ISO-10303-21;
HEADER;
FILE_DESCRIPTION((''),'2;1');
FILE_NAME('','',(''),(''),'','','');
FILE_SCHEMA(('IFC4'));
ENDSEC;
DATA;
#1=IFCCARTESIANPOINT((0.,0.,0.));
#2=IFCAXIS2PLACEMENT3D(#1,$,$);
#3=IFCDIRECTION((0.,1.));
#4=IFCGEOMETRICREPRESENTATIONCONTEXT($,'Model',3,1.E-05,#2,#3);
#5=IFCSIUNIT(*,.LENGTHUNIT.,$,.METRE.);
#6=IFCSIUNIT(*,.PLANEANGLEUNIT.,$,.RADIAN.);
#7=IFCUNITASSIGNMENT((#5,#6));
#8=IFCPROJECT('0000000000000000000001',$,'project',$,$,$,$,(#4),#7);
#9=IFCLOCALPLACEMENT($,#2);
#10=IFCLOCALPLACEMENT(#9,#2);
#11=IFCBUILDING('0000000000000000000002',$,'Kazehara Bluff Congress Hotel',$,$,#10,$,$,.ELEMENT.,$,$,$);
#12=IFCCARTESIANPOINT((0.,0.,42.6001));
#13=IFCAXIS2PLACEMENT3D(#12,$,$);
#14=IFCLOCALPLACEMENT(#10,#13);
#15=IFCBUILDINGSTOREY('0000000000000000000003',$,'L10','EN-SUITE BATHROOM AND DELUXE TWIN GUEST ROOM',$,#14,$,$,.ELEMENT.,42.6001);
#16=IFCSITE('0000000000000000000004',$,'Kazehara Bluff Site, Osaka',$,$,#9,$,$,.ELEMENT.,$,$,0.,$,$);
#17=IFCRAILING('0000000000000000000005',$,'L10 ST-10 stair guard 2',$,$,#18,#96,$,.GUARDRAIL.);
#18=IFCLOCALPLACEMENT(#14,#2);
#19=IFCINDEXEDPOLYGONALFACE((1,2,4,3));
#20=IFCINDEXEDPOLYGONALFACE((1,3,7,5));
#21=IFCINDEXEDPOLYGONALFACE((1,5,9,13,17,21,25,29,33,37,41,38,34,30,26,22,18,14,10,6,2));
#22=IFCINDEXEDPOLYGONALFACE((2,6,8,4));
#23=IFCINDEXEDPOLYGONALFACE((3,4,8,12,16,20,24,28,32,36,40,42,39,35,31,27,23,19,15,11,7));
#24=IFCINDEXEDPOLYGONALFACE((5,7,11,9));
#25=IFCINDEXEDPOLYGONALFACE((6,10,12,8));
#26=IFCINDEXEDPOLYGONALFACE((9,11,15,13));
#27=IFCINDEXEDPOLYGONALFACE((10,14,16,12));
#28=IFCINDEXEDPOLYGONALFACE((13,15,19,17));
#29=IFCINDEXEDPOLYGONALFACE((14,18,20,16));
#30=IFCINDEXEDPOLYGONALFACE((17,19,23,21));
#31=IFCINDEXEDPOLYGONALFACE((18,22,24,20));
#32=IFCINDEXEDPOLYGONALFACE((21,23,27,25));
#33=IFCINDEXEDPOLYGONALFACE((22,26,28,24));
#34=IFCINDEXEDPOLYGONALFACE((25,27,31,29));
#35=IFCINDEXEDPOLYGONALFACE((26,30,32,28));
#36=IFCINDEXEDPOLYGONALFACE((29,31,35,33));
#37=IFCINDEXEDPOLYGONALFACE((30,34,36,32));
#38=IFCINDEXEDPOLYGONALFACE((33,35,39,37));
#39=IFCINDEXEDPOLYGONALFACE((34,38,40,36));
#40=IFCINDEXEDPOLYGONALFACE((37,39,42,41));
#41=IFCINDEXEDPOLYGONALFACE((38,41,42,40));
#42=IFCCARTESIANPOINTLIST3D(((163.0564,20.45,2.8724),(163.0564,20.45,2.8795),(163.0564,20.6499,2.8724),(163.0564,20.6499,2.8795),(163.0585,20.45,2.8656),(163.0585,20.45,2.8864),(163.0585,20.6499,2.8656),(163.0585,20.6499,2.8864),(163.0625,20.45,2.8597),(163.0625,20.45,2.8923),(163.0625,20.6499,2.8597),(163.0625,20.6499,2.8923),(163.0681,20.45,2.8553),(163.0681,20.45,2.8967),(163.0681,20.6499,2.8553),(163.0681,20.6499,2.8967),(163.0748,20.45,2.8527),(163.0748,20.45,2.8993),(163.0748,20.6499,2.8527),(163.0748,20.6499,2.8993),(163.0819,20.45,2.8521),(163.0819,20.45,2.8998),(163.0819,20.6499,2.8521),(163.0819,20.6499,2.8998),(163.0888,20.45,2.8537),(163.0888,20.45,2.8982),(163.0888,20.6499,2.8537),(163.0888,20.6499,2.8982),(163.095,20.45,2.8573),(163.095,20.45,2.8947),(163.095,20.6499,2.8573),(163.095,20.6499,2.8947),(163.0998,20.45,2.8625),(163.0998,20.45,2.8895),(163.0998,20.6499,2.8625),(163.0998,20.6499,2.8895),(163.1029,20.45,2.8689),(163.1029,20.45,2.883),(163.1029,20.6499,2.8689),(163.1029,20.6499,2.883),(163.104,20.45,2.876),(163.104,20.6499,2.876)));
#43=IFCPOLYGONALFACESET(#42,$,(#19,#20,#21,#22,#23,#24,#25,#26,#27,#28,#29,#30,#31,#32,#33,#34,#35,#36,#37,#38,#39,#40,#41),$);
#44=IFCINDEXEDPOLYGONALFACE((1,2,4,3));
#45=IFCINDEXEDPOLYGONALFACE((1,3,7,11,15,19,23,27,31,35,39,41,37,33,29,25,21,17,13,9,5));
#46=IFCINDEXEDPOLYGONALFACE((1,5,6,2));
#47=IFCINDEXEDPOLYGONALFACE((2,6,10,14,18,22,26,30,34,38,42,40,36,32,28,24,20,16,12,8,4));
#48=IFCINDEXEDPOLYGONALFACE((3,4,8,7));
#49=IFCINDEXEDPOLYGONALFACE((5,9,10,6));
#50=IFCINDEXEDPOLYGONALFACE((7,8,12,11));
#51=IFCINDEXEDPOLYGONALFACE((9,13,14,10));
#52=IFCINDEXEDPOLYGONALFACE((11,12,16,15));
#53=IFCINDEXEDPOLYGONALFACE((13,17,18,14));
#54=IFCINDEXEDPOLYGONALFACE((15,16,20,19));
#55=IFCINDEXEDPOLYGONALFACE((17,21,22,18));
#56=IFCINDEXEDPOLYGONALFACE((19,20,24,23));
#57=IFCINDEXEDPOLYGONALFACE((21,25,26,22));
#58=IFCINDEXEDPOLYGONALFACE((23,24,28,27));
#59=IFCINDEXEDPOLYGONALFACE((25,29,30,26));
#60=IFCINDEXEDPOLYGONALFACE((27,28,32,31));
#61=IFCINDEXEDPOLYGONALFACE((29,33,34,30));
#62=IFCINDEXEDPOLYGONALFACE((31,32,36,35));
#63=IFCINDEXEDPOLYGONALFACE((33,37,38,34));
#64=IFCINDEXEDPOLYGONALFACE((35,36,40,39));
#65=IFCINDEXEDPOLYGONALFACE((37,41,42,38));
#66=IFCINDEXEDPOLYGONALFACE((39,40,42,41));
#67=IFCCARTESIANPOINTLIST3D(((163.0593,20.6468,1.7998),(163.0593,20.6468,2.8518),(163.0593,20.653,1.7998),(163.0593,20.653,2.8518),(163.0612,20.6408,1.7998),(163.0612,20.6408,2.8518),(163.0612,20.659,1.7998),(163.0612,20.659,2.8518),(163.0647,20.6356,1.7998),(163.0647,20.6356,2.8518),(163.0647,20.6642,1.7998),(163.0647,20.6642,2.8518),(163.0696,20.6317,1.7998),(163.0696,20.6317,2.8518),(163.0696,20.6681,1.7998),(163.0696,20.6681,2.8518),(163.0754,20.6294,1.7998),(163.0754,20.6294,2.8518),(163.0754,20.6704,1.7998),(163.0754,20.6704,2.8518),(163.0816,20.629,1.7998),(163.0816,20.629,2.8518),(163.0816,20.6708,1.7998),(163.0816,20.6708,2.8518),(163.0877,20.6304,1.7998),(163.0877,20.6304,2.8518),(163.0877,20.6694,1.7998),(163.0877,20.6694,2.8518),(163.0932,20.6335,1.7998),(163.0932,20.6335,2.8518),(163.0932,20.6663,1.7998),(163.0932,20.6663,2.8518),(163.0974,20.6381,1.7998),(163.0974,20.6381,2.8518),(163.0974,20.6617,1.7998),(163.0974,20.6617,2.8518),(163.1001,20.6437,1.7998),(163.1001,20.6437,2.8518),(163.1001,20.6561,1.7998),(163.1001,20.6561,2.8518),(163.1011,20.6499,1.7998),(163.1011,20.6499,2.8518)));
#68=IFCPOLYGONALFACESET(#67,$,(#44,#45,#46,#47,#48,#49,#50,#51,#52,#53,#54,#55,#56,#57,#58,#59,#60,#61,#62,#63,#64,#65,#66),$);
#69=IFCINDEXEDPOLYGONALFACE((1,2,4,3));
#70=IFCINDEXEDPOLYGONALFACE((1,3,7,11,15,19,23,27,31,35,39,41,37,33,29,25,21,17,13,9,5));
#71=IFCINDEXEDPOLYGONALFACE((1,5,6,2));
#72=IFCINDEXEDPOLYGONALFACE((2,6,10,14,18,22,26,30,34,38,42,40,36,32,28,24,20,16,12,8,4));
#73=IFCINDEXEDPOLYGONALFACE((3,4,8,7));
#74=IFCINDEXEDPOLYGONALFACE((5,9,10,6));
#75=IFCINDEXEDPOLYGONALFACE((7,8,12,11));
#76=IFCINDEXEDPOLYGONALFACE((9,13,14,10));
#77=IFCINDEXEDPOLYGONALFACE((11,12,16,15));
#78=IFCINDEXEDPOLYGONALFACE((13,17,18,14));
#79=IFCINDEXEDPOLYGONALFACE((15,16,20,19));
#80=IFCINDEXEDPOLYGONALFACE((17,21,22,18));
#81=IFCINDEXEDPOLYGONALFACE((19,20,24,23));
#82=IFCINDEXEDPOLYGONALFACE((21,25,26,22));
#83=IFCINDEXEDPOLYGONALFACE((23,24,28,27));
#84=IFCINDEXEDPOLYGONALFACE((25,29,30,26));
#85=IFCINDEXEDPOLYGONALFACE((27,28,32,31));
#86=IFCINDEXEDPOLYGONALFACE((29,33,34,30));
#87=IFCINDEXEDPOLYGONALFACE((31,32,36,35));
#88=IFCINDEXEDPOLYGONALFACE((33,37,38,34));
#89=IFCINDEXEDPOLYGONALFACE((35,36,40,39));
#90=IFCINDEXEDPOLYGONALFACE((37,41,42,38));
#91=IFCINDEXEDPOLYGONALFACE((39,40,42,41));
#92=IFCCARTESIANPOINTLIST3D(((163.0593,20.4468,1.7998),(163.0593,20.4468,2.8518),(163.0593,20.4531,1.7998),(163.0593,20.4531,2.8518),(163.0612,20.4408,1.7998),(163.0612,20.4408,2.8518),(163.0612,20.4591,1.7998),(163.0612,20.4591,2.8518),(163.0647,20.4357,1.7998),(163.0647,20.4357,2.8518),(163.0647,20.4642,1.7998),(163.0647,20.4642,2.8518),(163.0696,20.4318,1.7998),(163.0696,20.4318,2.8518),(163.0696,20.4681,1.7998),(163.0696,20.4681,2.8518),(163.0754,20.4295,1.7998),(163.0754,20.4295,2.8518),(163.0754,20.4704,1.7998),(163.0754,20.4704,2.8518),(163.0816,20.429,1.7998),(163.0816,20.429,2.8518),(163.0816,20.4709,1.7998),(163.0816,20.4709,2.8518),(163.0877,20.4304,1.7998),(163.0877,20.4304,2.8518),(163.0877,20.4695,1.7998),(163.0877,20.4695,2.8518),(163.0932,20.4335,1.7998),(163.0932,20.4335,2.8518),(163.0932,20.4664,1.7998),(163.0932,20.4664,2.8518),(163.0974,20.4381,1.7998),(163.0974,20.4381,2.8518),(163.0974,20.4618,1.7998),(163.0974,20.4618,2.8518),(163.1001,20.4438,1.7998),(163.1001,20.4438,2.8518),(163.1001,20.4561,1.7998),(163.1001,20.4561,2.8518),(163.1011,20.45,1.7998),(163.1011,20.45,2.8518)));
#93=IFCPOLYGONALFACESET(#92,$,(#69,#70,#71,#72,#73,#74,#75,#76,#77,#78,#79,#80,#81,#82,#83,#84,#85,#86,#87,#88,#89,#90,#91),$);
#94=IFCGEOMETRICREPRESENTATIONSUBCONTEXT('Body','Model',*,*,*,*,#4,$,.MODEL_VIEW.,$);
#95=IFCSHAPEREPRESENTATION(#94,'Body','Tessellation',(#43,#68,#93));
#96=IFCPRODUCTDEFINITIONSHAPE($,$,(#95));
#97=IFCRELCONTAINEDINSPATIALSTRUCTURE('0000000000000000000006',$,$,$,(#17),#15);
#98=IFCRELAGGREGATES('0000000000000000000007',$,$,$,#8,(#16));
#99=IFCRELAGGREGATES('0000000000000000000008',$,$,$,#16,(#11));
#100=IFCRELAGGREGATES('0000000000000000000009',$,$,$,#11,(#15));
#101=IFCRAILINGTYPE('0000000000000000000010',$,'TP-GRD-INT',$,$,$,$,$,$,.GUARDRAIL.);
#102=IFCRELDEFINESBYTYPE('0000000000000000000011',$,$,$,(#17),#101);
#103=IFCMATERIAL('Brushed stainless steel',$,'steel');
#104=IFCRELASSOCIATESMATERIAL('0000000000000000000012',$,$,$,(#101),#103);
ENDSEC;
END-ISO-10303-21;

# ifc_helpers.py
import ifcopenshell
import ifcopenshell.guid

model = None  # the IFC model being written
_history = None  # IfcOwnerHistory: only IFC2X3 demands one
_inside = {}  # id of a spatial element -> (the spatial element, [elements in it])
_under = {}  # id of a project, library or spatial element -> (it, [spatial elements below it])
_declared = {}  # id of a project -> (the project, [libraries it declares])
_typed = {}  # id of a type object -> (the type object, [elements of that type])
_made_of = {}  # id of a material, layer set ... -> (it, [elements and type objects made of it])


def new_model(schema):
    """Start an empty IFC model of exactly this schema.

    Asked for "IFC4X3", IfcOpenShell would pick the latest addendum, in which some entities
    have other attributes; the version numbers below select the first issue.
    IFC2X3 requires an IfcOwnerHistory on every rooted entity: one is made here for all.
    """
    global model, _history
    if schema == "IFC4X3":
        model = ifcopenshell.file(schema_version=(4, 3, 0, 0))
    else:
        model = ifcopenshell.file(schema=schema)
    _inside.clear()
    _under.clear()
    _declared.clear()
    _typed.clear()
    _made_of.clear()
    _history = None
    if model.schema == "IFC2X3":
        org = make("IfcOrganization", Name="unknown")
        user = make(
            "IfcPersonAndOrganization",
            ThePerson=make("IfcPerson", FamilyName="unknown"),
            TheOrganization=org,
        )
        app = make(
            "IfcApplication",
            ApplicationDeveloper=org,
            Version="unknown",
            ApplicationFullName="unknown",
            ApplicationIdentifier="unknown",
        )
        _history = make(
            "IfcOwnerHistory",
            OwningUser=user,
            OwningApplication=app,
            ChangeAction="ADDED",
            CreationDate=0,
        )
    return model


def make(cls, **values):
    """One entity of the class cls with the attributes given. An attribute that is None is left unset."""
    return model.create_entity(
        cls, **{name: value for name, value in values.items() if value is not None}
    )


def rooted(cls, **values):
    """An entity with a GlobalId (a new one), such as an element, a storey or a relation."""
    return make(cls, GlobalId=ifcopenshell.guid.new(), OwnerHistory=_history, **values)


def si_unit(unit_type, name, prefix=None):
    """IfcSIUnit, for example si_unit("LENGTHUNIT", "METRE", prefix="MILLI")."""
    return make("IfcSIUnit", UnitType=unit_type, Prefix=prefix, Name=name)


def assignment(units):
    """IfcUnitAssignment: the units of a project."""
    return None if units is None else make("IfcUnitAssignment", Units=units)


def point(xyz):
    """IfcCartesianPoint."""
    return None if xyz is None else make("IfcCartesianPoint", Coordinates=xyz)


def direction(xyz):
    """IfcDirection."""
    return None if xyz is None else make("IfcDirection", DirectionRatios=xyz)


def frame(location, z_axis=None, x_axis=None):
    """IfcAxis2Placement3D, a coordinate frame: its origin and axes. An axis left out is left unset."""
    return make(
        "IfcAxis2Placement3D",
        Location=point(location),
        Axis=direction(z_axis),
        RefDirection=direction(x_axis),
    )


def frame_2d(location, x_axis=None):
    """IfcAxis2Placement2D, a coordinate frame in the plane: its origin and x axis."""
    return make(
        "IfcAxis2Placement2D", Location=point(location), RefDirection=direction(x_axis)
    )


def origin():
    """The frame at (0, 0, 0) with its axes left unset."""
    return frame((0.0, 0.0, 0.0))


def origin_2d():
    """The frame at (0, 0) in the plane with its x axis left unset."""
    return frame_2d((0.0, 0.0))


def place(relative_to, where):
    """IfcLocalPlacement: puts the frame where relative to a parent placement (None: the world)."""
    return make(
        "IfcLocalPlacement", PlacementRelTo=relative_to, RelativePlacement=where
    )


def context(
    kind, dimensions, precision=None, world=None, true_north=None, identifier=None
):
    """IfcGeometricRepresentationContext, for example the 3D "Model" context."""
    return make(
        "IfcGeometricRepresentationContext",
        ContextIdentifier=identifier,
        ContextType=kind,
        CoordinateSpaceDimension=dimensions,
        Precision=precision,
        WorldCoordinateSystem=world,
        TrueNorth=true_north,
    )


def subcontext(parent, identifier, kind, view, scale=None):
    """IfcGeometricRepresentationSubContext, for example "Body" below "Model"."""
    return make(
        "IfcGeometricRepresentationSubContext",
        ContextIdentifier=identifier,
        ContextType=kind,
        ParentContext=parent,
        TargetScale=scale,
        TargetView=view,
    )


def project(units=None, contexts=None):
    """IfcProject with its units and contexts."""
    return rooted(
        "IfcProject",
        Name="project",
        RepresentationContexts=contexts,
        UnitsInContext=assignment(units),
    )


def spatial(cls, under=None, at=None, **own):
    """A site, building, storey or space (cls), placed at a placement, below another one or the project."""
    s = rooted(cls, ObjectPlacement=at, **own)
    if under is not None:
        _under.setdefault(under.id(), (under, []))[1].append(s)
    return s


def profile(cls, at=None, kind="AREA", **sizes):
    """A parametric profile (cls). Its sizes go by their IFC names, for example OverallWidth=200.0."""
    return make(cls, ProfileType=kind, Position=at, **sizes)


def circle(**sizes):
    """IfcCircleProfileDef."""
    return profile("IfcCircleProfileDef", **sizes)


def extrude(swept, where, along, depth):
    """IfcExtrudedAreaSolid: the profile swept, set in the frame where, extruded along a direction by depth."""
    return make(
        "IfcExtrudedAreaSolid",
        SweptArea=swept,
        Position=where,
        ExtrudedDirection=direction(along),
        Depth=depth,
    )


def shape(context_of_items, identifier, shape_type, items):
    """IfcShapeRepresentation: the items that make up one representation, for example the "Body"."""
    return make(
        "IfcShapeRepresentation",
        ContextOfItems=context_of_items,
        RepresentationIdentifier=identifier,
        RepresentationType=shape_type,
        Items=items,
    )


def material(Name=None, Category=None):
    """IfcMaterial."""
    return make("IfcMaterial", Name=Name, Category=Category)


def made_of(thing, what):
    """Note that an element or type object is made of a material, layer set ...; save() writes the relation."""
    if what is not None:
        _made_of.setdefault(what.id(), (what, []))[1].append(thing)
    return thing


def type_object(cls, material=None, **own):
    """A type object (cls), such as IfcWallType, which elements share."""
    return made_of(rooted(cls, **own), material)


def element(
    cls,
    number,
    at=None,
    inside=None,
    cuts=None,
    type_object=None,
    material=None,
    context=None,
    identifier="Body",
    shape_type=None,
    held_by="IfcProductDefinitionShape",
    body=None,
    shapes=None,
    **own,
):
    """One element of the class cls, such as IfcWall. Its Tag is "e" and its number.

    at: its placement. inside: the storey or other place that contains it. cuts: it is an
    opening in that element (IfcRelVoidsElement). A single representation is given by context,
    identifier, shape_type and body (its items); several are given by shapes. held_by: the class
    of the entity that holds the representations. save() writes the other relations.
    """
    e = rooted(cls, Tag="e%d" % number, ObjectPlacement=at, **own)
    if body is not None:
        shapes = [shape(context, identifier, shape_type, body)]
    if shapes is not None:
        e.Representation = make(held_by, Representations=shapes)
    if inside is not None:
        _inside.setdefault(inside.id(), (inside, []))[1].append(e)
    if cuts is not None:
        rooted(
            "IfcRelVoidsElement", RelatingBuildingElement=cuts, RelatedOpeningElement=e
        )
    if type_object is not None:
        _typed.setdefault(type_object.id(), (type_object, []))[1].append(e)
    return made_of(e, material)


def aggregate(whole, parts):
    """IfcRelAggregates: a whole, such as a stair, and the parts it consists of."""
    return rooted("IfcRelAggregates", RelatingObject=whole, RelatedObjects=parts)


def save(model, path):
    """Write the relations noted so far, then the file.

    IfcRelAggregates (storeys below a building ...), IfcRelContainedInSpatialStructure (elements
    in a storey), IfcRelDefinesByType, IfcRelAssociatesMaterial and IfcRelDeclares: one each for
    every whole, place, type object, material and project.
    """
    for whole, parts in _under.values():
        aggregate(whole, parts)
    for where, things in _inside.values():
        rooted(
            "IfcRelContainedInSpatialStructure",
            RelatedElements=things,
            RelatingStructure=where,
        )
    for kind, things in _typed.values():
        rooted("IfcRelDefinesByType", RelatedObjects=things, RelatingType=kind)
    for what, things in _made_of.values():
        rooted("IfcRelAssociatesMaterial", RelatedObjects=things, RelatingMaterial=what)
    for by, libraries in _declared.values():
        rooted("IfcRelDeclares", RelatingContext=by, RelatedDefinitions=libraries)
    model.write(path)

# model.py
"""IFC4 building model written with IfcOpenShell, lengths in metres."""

from ifc_helpers import new_model, si_unit, direction, frame, origin, origin_2d, place, context, subcontext, project, spatial, circle, extrude, material, type_object, element, save


model = new_model("IFC4")

# Units and contexts
model_context = context("Model", 3, precision=1e-05, world=origin(), true_north=direction((0.0, 1.0)))
body_context = subcontext(model_context, "Body", "Model", "MODEL_VIEW")
ifc_project = project(units=[si_unit("LENGTHUNIT", "METRE"), si_unit("PLANEANGLEUNIT", "RADIAN")], contexts=[model_context])

# Site, building, storey
site_placement = place(None, origin())
site = spatial("IfcSite", under=ifc_project, at=site_placement, Name="Kazehara Bluff Site, Osaka", CompositionType="ELEMENT", RefElevation=0.0)
building_placement = place(site_placement, origin())
building = spatial("IfcBuilding", under=site, at=building_placement, Name="Kazehara Bluff Congress Hotel", CompositionType="ELEMENT")
storey_placement = place(building_placement, frame((0.0, 0.0, 42.6001)))
storey = spatial("IfcBuildingStorey", under=building, at=storey_placement, Name="L10", Description="EN-SUITE BATHROOM AND DELUXE TWIN GUEST ROOM", CompositionType="ELEMENT", Elevation=42.6001)

# Railing
ifc_material_1 = material(Name="Brushed stainless steel", Category="steel")
railing_type = type_object("IfcRailingType", Name="TP-GRD-INT", PredefinedType="GUARDRAIL", material=ifc_material_1)
railing_placement = place(storey_placement, frame((163.0801, 20.6499, 1.7998)))
element("IfcRailing", 1, at=railing_placement, inside=storey, type_object=railing_type, Name="L10 ST-10 stair guard 2", PredefinedType="GUARDRAIL", context=body_context, shape_type="SweptSolid", body=[
    extrude(circle(Radius=0.0239, at=origin_2d()), frame((0.0, 0.0, 1.0762), z_axis=(0.0, -1.0, 0.0), x_axis=(1.0, 0.0, 0.0)), (0.0, 0.0, 1.0), 0.2),
    extrude(circle(Radius=0.021, at=origin_2d()), origin(), (0.0, 0.0, 1.0), 1.052),
    extrude(circle(Radius=0.021, at=origin_2d()), frame((0.0, -0.2, 0.0)), (0.0, 0.0, 1.0), 1.052),
])

save(model, "model.ifc")
